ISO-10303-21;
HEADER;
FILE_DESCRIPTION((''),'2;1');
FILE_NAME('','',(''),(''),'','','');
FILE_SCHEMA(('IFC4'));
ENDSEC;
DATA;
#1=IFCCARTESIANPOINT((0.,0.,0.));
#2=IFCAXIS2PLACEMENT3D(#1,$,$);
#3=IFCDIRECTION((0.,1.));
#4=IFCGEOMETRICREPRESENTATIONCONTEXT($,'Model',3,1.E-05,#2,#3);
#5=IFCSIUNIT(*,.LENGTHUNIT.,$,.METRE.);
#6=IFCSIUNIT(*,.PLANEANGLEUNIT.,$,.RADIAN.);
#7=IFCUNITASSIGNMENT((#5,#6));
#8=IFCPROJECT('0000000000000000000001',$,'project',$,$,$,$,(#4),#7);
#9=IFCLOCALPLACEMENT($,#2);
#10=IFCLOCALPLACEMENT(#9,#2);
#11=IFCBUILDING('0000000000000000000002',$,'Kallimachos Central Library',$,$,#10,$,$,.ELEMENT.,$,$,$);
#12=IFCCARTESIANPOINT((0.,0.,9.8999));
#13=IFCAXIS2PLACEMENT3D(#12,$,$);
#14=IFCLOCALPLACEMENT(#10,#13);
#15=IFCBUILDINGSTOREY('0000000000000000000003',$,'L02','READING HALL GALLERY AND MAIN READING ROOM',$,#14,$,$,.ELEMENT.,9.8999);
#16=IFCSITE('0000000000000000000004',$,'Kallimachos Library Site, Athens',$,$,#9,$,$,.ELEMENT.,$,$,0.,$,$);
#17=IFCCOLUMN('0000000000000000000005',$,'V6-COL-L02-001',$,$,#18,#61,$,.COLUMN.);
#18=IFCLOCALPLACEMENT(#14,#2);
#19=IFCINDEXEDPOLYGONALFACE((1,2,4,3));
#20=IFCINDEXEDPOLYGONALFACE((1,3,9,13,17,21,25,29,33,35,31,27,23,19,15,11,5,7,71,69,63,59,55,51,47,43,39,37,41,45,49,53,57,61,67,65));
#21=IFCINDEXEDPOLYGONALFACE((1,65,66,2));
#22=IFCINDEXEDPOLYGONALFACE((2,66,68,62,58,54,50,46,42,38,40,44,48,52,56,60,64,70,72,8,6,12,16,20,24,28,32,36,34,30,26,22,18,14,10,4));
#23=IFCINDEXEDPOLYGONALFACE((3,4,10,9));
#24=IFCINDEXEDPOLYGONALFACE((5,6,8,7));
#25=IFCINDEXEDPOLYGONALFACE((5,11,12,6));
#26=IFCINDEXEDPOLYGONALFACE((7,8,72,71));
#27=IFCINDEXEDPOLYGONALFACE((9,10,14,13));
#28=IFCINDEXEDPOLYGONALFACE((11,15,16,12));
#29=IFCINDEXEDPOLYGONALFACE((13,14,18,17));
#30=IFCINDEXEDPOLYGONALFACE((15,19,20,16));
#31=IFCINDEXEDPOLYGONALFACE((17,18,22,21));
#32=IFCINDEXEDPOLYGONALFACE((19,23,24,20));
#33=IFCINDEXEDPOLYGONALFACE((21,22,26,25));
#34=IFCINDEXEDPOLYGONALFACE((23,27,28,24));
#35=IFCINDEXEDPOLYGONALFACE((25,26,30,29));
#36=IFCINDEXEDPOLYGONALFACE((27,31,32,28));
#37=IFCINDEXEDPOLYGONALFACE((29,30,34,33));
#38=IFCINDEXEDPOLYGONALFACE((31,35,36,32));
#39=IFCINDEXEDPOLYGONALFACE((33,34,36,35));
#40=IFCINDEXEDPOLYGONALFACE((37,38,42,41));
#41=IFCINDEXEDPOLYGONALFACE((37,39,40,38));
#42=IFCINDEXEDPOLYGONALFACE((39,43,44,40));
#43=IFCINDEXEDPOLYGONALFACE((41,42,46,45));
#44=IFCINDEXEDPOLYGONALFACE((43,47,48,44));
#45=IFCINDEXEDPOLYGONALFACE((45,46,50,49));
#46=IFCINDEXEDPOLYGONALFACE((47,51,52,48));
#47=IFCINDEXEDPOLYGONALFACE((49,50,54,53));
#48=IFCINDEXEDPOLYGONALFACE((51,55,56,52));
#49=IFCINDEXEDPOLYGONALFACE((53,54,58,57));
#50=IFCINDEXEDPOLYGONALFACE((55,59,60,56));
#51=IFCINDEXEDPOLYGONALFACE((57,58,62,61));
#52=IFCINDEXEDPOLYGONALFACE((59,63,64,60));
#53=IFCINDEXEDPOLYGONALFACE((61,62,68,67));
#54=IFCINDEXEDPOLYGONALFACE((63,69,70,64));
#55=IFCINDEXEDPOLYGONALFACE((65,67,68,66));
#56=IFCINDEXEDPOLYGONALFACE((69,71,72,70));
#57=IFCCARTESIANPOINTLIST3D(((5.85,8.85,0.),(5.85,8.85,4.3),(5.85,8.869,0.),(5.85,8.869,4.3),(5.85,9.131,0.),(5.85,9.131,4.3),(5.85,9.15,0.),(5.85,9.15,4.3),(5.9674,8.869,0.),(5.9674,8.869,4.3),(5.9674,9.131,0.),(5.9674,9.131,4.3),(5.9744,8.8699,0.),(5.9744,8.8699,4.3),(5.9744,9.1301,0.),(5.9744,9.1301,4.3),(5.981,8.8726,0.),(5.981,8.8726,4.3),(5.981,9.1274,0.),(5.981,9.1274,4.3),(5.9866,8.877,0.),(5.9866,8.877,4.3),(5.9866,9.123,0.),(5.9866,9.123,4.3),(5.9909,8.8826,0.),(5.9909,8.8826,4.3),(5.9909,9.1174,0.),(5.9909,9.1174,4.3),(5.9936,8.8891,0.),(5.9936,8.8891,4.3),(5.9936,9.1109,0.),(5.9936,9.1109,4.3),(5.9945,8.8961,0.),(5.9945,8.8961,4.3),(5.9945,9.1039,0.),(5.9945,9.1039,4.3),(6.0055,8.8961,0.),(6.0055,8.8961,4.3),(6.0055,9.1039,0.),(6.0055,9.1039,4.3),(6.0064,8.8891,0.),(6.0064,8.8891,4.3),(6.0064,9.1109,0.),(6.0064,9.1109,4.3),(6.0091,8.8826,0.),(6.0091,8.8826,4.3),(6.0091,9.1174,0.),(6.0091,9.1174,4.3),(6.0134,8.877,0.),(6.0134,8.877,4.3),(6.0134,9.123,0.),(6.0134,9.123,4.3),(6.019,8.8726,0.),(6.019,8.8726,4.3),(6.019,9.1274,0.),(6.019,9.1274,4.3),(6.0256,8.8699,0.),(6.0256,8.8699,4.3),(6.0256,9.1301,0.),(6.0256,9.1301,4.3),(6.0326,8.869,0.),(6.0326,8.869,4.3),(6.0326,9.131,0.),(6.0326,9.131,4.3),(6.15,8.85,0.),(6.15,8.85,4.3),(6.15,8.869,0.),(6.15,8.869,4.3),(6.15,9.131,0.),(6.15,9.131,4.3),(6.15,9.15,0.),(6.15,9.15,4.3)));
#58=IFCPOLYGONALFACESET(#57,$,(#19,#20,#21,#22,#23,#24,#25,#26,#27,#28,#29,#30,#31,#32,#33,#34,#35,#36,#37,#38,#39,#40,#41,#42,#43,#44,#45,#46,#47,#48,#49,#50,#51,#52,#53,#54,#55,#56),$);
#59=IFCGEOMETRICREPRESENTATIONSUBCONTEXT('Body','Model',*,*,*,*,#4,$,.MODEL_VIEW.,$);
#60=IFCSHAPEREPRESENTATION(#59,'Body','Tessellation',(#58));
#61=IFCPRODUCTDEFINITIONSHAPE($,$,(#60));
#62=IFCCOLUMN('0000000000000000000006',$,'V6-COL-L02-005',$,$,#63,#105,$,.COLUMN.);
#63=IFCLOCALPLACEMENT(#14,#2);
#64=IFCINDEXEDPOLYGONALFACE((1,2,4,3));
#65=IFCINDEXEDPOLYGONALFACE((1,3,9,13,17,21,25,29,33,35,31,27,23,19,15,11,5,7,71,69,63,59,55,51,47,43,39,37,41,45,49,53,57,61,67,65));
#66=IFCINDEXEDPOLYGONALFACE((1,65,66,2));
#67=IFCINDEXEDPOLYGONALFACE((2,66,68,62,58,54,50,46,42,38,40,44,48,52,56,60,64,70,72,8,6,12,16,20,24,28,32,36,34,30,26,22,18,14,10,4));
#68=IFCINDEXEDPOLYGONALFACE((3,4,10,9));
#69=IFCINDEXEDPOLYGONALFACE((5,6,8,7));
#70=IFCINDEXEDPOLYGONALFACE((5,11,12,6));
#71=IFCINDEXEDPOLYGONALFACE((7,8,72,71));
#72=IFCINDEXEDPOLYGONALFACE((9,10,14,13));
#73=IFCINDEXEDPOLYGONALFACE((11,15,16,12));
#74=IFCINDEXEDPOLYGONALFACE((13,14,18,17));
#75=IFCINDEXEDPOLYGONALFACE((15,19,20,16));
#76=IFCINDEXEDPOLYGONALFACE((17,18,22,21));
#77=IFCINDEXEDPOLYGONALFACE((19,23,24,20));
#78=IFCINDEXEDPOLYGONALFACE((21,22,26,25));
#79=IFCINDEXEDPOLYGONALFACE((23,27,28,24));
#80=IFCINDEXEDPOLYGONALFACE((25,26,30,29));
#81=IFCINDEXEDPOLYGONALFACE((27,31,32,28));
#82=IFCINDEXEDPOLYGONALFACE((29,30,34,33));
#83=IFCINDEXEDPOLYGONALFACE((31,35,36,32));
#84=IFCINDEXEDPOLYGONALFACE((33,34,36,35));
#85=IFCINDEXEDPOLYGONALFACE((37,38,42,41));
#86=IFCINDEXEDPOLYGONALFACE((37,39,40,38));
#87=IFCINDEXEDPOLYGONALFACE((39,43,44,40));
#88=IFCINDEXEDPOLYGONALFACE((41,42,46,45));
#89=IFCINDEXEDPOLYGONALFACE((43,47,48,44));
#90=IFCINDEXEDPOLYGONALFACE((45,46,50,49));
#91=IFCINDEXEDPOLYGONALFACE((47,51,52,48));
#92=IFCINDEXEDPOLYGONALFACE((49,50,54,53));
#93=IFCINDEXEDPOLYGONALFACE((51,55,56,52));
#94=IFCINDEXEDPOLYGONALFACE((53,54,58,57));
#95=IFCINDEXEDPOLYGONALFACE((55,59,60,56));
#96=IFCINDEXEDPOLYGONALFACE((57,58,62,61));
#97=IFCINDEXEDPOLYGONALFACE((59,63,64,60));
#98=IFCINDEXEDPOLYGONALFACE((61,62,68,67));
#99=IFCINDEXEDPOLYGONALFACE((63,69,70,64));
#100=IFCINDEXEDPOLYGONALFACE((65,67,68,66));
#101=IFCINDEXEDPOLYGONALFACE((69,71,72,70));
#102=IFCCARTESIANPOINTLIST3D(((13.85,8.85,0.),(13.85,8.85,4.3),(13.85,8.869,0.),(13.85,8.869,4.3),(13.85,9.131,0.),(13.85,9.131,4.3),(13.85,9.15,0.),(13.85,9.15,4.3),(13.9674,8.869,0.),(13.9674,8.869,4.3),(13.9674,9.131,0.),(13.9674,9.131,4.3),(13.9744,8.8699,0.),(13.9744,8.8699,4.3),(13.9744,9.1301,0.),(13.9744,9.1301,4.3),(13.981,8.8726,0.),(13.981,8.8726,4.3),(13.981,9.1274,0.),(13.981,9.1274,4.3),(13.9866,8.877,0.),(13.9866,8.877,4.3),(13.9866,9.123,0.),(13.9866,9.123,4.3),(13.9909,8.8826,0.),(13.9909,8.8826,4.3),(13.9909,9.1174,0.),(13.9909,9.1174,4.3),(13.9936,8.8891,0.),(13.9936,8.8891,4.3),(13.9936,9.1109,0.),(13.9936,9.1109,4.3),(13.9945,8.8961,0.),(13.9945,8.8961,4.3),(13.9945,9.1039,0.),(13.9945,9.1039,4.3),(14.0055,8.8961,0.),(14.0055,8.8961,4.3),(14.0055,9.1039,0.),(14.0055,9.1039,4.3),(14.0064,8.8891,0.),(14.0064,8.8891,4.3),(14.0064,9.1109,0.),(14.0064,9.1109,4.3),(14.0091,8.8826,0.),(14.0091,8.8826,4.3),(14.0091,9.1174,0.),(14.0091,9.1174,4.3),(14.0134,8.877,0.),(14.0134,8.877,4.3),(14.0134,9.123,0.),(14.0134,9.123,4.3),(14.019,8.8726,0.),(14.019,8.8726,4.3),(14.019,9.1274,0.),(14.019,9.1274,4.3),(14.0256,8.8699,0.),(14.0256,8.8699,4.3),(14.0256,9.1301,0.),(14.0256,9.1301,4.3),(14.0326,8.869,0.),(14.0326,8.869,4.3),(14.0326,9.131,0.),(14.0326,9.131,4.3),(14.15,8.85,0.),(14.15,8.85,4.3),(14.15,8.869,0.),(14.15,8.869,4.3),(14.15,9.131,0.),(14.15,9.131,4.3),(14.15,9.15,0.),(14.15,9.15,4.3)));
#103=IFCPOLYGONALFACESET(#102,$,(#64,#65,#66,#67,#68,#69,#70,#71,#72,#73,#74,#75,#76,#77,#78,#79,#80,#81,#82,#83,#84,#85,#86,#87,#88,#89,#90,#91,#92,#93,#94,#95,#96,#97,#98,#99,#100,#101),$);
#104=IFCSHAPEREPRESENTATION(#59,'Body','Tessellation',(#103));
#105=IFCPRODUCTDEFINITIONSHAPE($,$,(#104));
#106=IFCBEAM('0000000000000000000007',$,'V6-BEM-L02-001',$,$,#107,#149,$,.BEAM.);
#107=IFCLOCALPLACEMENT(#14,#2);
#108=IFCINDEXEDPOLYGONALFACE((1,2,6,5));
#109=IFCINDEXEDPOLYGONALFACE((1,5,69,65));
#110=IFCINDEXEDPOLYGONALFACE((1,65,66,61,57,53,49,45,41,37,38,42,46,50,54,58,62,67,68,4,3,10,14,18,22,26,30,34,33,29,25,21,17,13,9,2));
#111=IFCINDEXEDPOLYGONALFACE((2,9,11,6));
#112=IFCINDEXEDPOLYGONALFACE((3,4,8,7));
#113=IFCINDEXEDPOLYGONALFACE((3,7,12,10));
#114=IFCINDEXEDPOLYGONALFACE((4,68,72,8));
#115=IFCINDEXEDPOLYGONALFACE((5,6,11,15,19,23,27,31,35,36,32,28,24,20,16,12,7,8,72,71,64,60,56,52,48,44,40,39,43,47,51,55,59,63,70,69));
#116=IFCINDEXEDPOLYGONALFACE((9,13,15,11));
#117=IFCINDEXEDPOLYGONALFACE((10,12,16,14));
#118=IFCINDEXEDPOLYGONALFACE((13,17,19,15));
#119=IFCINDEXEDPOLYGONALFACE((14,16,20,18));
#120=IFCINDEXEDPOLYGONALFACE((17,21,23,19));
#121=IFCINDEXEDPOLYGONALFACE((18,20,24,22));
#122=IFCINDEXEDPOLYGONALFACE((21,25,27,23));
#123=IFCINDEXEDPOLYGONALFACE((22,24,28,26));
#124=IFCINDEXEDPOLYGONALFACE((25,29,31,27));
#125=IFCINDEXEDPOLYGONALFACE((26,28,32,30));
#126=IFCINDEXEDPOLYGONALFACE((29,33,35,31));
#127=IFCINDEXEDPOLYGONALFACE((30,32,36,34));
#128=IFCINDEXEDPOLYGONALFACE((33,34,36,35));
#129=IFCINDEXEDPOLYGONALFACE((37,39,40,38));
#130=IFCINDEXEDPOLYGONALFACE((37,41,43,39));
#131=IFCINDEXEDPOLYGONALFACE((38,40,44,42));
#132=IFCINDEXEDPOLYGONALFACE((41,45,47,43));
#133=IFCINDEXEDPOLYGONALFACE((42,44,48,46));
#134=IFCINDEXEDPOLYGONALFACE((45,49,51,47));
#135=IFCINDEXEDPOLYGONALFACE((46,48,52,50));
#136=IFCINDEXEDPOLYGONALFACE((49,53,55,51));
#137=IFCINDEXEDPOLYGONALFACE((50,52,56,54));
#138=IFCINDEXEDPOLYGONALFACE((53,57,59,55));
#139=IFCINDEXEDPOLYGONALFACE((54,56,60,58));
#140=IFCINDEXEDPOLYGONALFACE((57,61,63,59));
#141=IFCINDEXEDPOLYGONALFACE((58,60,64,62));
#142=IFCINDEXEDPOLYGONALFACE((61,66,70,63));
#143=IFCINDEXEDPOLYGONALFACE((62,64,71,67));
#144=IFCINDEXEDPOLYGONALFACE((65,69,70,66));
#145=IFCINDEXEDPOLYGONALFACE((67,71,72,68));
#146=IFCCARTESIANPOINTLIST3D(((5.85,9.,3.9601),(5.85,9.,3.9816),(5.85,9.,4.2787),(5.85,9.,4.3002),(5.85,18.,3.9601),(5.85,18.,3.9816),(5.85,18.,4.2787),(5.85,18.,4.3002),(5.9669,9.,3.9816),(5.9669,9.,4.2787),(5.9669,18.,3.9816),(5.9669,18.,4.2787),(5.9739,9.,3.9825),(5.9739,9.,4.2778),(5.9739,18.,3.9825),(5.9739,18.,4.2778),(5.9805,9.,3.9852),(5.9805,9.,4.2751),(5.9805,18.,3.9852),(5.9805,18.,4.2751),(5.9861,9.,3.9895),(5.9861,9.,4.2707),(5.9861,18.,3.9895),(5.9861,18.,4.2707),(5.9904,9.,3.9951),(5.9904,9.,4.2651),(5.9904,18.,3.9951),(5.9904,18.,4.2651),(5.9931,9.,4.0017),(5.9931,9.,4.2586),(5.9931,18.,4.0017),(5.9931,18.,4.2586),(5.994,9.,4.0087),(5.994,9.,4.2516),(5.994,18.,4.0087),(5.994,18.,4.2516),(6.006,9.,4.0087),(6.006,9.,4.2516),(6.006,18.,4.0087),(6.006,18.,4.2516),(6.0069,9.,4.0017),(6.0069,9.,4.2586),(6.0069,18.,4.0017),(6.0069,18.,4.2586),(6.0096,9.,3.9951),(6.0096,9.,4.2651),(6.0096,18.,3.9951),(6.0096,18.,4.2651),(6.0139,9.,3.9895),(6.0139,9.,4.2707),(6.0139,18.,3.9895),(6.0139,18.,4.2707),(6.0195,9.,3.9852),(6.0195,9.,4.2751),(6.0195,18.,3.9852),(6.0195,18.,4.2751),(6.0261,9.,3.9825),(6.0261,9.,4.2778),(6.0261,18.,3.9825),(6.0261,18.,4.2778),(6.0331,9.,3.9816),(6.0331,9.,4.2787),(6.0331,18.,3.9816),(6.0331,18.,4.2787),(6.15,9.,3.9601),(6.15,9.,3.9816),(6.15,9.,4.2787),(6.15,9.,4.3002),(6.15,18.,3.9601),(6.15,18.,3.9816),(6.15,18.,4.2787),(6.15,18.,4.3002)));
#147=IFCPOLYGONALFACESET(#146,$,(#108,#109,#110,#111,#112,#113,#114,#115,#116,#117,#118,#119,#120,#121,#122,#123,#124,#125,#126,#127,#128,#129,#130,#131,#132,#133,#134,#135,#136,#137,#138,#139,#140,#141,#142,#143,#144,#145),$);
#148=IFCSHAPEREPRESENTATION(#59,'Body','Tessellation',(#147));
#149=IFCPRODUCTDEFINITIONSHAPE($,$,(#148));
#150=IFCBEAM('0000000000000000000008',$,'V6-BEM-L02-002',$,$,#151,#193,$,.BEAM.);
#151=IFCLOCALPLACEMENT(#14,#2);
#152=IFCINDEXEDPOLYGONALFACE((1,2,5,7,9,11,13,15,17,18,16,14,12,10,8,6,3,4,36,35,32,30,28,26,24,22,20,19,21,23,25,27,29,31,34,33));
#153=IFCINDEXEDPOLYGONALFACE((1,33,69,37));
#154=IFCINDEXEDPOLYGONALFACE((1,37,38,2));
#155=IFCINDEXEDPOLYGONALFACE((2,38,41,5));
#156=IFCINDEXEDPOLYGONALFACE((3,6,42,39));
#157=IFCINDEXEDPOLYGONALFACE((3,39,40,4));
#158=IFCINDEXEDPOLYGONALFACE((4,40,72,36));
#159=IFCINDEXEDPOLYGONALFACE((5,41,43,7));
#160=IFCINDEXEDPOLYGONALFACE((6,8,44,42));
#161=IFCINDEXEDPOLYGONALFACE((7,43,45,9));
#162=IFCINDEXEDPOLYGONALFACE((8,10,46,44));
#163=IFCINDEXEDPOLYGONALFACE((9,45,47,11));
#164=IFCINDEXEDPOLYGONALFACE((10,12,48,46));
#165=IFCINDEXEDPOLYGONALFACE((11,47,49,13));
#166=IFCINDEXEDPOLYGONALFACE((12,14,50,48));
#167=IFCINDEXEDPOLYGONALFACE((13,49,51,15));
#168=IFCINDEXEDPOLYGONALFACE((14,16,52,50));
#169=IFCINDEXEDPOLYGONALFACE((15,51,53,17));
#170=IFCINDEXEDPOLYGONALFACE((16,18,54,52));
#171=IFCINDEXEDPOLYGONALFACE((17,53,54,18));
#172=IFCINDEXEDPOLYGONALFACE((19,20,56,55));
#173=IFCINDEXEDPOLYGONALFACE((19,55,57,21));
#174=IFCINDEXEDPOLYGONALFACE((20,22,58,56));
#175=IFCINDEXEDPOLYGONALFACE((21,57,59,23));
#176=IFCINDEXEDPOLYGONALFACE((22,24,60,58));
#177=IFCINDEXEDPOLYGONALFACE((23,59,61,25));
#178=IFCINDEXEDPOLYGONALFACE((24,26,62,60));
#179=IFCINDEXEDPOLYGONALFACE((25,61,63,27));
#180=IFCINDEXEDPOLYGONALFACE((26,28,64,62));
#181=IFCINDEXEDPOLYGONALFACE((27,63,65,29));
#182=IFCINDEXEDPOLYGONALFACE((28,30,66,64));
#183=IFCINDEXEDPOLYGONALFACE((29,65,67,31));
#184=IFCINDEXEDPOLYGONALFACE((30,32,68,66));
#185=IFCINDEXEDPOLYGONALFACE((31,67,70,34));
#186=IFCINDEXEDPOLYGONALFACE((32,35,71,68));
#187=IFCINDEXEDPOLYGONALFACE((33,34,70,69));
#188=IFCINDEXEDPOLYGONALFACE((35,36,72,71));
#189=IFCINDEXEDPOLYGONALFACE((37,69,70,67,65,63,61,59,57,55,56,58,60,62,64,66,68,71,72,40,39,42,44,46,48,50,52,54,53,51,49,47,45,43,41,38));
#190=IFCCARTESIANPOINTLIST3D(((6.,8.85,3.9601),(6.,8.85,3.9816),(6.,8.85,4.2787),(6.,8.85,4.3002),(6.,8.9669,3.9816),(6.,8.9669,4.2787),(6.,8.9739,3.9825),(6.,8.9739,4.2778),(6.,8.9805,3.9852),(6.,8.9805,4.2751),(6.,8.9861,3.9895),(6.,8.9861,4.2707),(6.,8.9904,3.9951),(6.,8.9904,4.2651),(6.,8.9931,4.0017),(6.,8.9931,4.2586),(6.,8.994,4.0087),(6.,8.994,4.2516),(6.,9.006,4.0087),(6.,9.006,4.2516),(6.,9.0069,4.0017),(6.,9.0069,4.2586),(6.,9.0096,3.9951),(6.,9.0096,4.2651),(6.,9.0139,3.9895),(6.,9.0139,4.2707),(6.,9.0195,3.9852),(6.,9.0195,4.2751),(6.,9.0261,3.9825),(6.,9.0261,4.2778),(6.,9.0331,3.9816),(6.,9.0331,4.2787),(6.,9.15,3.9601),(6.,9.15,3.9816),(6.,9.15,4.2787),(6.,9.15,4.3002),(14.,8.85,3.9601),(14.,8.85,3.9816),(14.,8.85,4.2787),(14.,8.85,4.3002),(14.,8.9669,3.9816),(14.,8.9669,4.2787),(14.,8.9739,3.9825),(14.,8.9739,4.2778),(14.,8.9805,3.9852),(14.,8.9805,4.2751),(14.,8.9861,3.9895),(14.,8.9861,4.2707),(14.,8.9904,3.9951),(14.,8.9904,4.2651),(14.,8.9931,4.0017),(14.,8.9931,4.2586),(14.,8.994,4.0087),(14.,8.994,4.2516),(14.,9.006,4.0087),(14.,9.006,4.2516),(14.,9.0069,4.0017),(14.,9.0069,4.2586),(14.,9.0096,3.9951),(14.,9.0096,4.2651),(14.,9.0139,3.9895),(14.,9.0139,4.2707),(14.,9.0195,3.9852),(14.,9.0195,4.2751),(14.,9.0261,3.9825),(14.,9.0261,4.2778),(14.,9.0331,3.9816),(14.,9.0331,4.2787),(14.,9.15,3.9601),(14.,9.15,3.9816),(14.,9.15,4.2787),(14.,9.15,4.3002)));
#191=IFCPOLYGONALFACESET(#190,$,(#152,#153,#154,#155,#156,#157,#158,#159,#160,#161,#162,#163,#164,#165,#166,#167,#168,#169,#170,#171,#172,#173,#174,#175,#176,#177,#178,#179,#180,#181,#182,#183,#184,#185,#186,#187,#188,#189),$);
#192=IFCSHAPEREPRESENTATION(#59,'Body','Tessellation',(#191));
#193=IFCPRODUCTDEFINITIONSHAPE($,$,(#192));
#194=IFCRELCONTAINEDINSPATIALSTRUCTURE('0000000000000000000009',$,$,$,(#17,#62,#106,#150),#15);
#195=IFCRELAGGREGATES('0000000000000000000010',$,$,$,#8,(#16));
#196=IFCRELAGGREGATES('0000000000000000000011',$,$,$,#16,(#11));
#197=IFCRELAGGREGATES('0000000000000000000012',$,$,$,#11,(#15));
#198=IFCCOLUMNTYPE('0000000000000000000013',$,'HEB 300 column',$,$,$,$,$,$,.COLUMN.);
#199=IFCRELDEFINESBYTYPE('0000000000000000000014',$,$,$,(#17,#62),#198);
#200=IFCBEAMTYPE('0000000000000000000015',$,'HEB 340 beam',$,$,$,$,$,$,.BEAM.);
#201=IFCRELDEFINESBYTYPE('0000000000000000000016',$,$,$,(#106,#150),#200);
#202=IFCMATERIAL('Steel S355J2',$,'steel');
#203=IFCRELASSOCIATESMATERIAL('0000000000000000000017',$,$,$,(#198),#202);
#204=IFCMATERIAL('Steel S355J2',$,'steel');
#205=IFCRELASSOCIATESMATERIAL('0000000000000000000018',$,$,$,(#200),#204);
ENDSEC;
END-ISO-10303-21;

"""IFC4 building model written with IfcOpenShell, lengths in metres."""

from ifc_helpers import new_model, si_unit, direction, frame, origin, origin_2d, place, context, subcontext, project, spatial, i_section, extrude, material, material_profile, profile_set, type_object, element, save


model = new_model("IFC4")

# Units and contexts
model_context = context("Model", 3, precision=1e-05, world=origin(), true_north=direction((0.0, 1.0)))
body_context = subcontext(model_context, "Body", "Model", "MODEL_VIEW")
ifc_project = project(units=[si_unit("LENGTHUNIT", "METRE"), si_unit("PLANEANGLEUNIT", "RADIAN")], contexts=[model_context])

# Site, building, storey
site_placement = place(None, origin())
site = spatial("IfcSite", under=ifc_project, at=site_placement, Name="Kallimachos Library Site, Athens", CompositionType="ELEMENT", RefElevation=0.0)
building_placement = place(site_placement, origin())
building = spatial("IfcBuilding", under=site, at=building_placement, Name="Kallimachos Central Library", CompositionType="ELEMENT")
storey_placement = place(building_placement, frame((0.0, 0.0, 9.8999)))
storey = spatial("IfcBuildingStorey", under=building, at=storey_placement, Name="L02", Description="READING HALL GALLERY AND MAIN READING ROOM", CompositionType="ELEMENT", Elevation=9.8999)

# Columns
ifc_material_1 = material(Name="Steel S355J2", Category="steel")
ifc_material_profile_1 = material_profile(ifc_material_1, i_section(OverallWidth=0.3, OverallDepth=0.3, WebThickness=0.011, FlangeThickness=0.019, FilletRadius=0.0271, at=origin_2d()), Name="HEB 300")
ifc_profile_set_1 = profile_set([ifc_material_profile_1], Name="Steel S355J2")
column_type = type_object("IfcColumnType", Name="HEB 300 column", PredefinedType="COLUMN", material=ifc_profile_set_1)
for number, where, z_axis, x_axis, name in (
    (1, (6.0, 9.0, 0.0), (0.0, 0.0, 1.0), (1.0, 0.0, 0.0), "V6-COL-L02-001"),
    (2, (14.0, 9.0, 0.0), (0.0, 0.0, 1.0), (1.0, 0.0, 0.0), "V6-COL-L02-005"),
):
    element("IfcColumn", number, at=place(storey_placement, frame(where, z_axis=z_axis, x_axis=x_axis)), inside=storey, type_object=column_type, Name=name, PredefinedType="COLUMN", context=body_context, shape_type="SweptSolid", body=[
        extrude(i_section(OverallWidth=0.3, OverallDepth=0.3, WebThickness=0.011, FlangeThickness=0.019, FilletRadius=0.0271, at=origin_2d()), origin(), (0.0, 0.0, 1.0), 4.3),
    ])

# Beams
ifc_material_2 = material(Name="Steel S355J2", Category="steel")
ifc_material_profile_2 = material_profile(ifc_material_2, i_section(OverallWidth=0.3, OverallDepth=0.3401, WebThickness=0.012, FlangeThickness=0.0215, FilletRadius=0.0271, at=origin_2d()), Name="HEB 340")
ifc_profile_set_2 = profile_set([ifc_material_profile_2], Name="Steel S355J2")
beam_type = type_object("IfcBeamType", Name="HEB 340 beam", PredefinedType="BEAM", material=ifc_profile_set_2)
beam_1_placement = place(storey_placement, frame((6.0, 9.0, 4.1301), z_axis=(0.0, 1.0, 0.0), x_axis=(-1.0, 0.0, 0.0)))
element("IfcBeam", 3, at=beam_1_placement, inside=storey, type_object=beam_type, Name="V6-BEM-L02-001", PredefinedType="BEAM", context=body_context, shape_type="SweptSolid", body=[
    extrude(i_section(OverallWidth=0.3, OverallDepth=0.3401, WebThickness=0.012, FlangeThickness=0.0215, FilletRadius=0.0271, at=origin_2d()), origin(), (0.0, 0.0, 1.0), 9.0),
])
beam_2_placement = place(storey_placement, frame((6.0, 9.0, 4.1301), z_axis=(1.0, 0.0, 0.0), x_axis=(0.0, 1.0, 0.0)))
element("IfcBeam", 4, at=beam_2_placement, inside=storey, type_object=beam_type, Name="V6-BEM-L02-002", PredefinedType="BEAM", context=body_context, shape_type="SweptSolid", body=[
    extrude(i_section(OverallWidth=0.3, OverallDepth=0.3401, WebThickness=0.012, FlangeThickness=0.0215, FilletRadius=0.0271, at=origin_2d()), origin(), (0.0, 0.0, 1.0), 8.0),
])

save(model, "model.ifc")
